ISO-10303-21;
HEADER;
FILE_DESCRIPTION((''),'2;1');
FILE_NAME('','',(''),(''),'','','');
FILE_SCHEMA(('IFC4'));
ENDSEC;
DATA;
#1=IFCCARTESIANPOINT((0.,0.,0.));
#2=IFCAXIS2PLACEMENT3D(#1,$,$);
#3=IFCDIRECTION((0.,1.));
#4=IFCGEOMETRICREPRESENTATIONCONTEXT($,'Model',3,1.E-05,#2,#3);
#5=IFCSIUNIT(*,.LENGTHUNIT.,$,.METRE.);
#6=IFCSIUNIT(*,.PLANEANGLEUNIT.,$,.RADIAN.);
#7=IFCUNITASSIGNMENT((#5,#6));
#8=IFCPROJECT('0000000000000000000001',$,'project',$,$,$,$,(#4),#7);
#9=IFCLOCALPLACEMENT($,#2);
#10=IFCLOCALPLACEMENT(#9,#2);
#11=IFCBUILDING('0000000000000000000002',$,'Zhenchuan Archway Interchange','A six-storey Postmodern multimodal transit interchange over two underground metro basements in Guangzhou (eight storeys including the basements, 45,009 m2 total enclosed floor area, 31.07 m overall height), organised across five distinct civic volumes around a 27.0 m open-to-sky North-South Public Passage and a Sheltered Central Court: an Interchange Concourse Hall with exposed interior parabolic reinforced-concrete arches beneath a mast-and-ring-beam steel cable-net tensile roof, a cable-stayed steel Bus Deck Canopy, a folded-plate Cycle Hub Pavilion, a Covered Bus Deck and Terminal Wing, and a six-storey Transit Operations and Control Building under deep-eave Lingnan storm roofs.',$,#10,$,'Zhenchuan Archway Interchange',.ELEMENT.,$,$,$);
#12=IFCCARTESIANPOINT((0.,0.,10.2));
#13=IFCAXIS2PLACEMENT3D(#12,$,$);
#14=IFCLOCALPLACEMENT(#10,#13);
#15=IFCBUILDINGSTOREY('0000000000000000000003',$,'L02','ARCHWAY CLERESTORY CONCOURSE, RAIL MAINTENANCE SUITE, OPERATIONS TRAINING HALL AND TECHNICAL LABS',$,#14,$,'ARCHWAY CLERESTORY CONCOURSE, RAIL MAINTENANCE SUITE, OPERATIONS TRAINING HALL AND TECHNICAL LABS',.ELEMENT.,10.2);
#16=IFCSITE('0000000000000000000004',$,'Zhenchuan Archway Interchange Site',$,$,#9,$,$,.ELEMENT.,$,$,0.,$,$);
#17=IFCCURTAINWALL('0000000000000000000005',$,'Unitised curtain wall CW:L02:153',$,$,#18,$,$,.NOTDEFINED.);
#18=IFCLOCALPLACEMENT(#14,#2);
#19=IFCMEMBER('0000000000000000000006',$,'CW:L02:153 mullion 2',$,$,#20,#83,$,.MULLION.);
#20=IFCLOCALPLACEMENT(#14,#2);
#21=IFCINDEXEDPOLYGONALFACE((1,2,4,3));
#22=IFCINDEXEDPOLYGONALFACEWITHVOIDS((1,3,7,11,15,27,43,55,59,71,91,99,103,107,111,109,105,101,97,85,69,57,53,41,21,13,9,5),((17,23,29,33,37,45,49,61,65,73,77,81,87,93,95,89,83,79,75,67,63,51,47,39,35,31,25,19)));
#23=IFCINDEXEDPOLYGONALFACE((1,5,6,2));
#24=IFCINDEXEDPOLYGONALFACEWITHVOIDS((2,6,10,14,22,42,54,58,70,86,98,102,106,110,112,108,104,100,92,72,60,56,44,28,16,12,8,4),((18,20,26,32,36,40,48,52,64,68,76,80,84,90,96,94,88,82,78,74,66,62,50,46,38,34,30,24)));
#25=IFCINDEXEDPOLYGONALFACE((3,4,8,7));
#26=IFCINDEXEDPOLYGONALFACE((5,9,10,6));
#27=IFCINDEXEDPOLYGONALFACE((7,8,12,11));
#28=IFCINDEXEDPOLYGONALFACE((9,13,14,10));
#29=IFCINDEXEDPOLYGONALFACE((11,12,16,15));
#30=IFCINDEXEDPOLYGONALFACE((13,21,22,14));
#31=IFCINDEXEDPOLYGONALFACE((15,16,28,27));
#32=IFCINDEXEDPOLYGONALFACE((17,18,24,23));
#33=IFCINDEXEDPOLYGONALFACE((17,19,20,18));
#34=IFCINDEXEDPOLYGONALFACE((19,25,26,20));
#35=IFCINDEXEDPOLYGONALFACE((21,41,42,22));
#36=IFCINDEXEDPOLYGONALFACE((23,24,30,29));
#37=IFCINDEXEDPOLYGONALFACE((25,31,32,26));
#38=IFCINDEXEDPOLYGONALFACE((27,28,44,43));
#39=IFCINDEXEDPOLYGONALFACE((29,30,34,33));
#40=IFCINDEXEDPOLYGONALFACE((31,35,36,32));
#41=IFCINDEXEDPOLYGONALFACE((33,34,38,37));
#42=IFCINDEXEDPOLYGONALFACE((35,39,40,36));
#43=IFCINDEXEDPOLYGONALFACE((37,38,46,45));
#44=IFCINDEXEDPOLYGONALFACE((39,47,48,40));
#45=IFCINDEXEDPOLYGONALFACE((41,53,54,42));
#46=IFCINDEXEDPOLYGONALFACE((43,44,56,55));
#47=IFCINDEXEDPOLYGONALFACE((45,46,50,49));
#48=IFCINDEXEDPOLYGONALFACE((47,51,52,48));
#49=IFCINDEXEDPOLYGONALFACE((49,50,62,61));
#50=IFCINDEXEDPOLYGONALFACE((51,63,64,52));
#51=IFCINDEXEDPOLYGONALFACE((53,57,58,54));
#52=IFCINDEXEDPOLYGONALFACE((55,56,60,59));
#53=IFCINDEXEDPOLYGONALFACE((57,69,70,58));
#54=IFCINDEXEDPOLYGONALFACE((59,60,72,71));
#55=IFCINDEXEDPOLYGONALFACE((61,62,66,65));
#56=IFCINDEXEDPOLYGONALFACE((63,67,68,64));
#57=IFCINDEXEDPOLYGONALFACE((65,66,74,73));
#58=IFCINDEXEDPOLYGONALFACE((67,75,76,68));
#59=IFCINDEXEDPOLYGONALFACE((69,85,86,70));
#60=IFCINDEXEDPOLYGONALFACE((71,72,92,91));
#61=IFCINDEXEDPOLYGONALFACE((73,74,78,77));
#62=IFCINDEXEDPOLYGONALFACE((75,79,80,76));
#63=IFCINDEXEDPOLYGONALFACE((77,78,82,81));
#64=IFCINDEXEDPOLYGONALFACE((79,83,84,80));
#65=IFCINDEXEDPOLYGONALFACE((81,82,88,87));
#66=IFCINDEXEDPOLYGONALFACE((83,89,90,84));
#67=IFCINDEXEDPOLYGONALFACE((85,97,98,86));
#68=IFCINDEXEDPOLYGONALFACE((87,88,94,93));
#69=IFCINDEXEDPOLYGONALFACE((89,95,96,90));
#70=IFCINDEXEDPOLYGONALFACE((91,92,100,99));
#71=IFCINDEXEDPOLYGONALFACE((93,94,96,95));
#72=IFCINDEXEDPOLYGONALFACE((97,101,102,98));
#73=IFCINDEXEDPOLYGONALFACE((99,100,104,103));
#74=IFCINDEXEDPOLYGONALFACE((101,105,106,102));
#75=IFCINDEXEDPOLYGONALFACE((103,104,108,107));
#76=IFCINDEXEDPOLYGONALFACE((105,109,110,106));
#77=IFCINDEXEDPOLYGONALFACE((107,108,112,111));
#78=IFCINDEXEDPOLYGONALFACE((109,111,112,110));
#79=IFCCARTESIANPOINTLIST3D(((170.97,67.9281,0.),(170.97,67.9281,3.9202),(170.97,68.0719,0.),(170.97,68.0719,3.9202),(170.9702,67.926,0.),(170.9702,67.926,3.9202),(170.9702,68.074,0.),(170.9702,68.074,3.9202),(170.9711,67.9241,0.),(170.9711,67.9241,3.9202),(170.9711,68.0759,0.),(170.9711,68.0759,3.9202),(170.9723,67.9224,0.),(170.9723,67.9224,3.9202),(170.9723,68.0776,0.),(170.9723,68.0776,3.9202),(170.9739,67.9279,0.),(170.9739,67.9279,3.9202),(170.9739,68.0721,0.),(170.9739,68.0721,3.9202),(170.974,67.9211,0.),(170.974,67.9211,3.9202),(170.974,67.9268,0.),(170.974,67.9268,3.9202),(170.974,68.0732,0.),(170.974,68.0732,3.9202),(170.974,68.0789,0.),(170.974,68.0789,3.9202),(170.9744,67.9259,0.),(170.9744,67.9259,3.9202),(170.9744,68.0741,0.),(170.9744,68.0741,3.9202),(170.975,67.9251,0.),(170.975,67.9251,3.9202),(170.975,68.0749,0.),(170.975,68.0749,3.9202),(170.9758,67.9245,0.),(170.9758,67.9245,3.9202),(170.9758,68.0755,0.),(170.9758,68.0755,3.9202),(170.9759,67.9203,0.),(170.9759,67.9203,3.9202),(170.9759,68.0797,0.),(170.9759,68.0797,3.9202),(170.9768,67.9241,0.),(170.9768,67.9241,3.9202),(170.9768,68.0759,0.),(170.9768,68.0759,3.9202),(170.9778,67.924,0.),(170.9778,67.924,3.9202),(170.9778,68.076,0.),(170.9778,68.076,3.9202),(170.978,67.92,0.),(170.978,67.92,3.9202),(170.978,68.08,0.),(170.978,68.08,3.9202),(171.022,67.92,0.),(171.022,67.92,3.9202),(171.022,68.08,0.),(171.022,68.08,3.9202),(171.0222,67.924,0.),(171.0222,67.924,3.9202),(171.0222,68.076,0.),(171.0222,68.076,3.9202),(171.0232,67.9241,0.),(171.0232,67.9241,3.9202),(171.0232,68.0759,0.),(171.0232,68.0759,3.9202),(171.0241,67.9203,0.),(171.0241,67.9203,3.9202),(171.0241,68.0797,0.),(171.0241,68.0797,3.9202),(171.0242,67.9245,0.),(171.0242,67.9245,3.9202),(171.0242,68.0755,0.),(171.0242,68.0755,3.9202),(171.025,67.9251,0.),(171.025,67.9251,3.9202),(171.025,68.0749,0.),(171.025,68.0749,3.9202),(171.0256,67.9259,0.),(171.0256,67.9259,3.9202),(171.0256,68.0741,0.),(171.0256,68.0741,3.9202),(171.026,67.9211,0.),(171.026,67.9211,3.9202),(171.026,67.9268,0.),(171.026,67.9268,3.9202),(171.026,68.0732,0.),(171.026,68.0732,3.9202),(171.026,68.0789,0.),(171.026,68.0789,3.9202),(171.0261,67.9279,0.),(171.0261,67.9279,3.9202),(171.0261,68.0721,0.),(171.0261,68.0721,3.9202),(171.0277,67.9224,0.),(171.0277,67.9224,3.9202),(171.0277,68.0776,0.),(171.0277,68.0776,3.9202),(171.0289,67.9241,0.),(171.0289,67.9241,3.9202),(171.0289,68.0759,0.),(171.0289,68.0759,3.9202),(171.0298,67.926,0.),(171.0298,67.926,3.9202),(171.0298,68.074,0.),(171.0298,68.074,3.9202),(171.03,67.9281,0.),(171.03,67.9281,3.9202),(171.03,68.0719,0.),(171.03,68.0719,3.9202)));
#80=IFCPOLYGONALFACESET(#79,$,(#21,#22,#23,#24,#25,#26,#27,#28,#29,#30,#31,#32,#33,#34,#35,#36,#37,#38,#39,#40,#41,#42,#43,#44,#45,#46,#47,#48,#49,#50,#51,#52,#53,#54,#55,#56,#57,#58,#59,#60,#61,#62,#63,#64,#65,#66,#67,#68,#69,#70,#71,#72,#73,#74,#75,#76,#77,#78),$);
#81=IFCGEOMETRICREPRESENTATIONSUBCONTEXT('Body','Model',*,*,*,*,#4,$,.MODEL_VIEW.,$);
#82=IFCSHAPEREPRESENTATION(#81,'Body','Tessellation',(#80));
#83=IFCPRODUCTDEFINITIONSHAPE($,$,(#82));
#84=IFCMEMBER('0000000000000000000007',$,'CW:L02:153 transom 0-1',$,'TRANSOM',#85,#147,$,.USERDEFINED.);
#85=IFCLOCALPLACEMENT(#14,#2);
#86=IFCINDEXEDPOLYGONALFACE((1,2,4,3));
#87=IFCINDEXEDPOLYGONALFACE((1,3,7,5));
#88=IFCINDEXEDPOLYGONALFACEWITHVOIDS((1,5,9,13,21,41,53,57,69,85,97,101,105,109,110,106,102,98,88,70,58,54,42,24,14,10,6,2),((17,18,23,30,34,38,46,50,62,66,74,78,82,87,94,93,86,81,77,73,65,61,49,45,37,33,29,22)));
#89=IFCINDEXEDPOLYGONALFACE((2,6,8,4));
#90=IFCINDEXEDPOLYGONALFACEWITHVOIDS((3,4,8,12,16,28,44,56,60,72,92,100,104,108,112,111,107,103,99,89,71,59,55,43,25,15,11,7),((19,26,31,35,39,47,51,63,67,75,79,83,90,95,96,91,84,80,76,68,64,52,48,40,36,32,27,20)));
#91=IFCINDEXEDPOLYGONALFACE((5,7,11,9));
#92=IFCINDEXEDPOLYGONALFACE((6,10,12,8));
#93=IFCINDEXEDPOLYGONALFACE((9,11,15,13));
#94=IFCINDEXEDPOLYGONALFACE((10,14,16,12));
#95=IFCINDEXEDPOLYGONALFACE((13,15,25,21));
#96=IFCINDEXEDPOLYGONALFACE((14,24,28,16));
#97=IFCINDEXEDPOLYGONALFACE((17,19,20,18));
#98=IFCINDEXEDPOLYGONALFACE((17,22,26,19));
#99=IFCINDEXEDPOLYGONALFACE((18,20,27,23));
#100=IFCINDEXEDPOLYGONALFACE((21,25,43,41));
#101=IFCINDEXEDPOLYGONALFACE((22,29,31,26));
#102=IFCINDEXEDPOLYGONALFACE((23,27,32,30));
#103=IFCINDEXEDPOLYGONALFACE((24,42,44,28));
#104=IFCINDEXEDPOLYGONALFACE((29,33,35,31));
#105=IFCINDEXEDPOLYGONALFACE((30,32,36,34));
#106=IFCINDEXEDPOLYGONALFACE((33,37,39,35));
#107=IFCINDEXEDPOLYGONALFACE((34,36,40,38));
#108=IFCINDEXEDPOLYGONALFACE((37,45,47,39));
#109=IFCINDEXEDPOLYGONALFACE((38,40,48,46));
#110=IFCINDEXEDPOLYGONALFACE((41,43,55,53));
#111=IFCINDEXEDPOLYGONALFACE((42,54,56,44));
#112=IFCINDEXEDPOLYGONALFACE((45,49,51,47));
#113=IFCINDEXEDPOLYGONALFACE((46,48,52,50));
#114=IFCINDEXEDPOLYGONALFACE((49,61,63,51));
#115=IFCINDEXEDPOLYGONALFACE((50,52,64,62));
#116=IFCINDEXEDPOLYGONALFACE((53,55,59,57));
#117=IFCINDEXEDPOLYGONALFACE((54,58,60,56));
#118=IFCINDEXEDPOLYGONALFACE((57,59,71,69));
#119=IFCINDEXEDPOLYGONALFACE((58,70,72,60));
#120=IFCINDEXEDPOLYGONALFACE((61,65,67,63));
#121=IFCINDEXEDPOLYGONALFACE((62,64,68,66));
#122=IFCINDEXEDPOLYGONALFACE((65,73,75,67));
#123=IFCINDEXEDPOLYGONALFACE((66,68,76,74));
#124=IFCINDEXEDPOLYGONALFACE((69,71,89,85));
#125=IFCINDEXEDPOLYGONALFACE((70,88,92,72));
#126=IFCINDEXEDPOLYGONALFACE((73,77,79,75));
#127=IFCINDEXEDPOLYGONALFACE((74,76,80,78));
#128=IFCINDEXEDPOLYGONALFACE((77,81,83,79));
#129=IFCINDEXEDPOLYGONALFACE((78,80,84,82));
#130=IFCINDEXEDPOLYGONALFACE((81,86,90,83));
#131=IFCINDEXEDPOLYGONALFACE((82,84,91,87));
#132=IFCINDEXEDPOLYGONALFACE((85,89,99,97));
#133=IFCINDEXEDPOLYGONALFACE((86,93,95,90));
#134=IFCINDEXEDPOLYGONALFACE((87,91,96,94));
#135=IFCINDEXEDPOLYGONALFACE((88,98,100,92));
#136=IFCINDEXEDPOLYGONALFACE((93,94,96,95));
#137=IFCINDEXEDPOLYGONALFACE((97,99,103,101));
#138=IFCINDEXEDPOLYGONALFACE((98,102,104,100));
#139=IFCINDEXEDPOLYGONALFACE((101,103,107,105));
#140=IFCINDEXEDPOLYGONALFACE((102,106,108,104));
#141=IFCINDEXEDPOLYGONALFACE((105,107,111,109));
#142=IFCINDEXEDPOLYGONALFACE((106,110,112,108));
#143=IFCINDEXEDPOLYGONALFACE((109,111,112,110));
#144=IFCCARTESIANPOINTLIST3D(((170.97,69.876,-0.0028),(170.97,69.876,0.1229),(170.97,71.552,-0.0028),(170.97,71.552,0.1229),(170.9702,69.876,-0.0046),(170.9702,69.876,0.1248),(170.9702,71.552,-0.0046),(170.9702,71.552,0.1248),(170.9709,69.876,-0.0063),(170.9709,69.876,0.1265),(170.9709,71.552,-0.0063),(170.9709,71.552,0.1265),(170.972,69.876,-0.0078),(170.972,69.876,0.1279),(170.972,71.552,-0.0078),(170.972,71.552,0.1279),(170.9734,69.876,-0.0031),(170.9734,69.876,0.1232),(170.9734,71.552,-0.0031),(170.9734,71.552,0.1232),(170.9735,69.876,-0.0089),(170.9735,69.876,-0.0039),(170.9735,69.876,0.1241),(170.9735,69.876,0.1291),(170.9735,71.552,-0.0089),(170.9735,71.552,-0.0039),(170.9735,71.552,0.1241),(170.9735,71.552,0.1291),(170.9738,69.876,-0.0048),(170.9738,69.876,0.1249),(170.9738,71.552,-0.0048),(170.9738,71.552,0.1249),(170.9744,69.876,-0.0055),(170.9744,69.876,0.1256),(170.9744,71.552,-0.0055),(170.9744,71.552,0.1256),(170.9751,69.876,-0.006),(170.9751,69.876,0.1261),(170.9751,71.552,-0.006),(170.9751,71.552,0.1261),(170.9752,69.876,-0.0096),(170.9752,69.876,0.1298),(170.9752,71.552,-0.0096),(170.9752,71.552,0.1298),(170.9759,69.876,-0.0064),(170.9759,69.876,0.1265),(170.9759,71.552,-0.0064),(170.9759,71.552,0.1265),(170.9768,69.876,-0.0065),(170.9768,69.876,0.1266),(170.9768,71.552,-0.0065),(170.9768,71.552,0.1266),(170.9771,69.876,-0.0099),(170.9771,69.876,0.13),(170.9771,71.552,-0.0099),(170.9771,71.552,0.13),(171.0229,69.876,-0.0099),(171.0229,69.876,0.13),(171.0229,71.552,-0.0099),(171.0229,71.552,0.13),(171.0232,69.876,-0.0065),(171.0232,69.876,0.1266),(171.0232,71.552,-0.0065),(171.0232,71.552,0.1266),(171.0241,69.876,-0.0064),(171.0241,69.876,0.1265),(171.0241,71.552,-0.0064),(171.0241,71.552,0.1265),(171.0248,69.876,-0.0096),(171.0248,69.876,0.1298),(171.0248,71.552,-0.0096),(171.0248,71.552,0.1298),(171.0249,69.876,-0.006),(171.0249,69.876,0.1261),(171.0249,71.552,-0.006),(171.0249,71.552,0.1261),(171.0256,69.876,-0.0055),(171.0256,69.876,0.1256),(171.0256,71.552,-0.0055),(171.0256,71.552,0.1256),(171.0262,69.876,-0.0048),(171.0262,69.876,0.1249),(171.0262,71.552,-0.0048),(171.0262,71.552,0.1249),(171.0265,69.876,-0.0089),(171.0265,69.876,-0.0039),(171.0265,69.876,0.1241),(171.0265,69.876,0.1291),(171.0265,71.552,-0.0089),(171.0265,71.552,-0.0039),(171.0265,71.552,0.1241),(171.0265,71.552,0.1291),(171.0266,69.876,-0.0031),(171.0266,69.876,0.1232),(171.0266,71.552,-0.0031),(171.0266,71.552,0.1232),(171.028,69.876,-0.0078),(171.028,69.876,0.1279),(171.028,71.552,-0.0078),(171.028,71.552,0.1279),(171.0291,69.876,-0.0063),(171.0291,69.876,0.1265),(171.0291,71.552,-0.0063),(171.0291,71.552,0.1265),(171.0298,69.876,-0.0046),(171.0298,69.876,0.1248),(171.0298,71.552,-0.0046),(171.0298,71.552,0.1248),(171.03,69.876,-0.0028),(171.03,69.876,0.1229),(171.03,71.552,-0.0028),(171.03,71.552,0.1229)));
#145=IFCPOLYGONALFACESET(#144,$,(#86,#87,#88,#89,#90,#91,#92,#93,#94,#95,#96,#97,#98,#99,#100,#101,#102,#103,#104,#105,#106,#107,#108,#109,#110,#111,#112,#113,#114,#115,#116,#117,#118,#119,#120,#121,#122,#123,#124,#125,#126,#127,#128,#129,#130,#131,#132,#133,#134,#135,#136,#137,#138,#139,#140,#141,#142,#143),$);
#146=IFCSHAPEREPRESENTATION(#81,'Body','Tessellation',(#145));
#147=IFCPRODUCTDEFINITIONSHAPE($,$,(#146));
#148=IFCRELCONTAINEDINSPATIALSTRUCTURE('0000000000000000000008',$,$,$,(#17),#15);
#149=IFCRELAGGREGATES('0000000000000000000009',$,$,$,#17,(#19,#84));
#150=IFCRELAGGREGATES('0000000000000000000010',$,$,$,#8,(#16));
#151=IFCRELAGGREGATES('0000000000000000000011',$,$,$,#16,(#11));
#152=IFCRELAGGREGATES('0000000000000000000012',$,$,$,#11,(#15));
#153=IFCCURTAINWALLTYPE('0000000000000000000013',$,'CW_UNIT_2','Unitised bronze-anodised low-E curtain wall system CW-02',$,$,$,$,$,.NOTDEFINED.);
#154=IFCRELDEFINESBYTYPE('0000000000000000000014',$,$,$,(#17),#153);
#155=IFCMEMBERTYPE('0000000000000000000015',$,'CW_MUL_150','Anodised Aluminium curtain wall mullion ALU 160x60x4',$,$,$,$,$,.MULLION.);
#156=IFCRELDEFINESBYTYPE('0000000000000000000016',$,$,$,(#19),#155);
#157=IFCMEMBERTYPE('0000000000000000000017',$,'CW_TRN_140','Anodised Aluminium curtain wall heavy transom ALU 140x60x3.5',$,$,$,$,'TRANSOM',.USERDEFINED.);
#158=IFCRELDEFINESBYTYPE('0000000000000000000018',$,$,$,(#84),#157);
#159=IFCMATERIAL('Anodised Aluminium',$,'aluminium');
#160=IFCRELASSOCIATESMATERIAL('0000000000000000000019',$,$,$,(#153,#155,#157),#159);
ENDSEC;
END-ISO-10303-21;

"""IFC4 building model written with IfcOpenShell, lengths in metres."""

from ifc_helpers import new_model, si_unit, direction, frame, origin, origin_2d, place, context, subcontext, project, spatial, hollow_rectangle, extrude, material, material_profile, profile_set, type_object, element, aggregate, save


model = new_model("IFC4")

# Units and contexts
model_context = context("Model", 3, precision=1e-05, world=origin(), true_north=direction((0.0, 1.0)))
body_context = subcontext(model_context, "Body", "Model", "MODEL_VIEW")
ifc_project = project(units=[si_unit("LENGTHUNIT", "METRE"), si_unit("PLANEANGLEUNIT", "RADIAN")], contexts=[model_context])

# Site, building, storey
site_placement = place(None, origin())
site = spatial("IfcSite", under=ifc_project, at=site_placement, Name="Zhenchuan Archway Interchange Site", CompositionType="ELEMENT", RefElevation=0.0)
building_placement = place(site_placement, origin())
building = spatial("IfcBuilding", under=site, at=building_placement, Name="Zhenchuan Archway Interchange", Description="A six-storey Postmodern multimodal transit interchange over two underground metro basements in Guangzhou (eight storeys including the basements, 45,009 m2 total enclosed floor area, 31.07 m overall height), organised across five distinct civic volumes around a 27.0 m open-to-sky North-South Public Passage and a Sheltered Central Court: an Interchange Concourse Hall with exposed interior parabolic reinforced-concrete arches beneath a mast-and-ring-beam steel cable-net tensile roof, a cable-stayed steel Bus Deck Canopy, a folded-plate Cycle Hub Pavilion, a Covered Bus Deck and Terminal Wing, and a six-storey Transit Operations and Control Building under deep-eave Lingnan storm roofs.", LongName="Zhenchuan Archway Interchange", CompositionType="ELEMENT")
storey_placement = place(building_placement, frame((0.0, 0.0, 10.2)))
storey = spatial("IfcBuildingStorey", under=building, at=storey_placement, Name="L02", Description="ARCHWAY CLERESTORY CONCOURSE, RAIL MAINTENANCE SUITE, OPERATIONS TRAINING HALL AND TECHNICAL LABS", LongName="ARCHWAY CLERESTORY CONCOURSE, RAIL MAINTENANCE SUITE, OPERATIONS TRAINING HALL AND TECHNICAL LABS", CompositionType="ELEMENT", Elevation=10.2)

# Curtain wall, members
ifc_material_1 = material(Name="Anodised Aluminium", Category="aluminium")
curtain_wall_type = type_object("IfcCurtainWallType", Name="CW_UNIT_2", Description="Unitised bronze-anodised low-E curtain wall system CW-02", PredefinedType="NOTDEFINED", material=ifc_material_1)
curtain_wall_placement = place(storey_placement, origin())
curtain_wall = element("IfcCurtainWall", 1, at=curtain_wall_placement, inside=storey, type_object=curtain_wall_type, Name="Unitised curtain wall CW:L02:153", PredefinedType="NOTDEFINED")
ifc_material_profile_1 = material_profile(ifc_material_1, hollow_rectangle(XDim=0.0601, YDim=0.1599, WallThickness=0.0039, InnerFilletRadius=0.0039, OuterFilletRadius=0.0081, at=origin_2d()), Name="ALU 160x60x4")
ifc_profile_set_1 = profile_set([ifc_material_profile_1], Name="Anodised Aluminium")
member_type_1 = type_object("IfcMemberType", Name="CW_MUL_150", Description="Anodised Aluminium curtain wall mullion ALU 160x60x4", PredefinedType="MULLION", material=ifc_profile_set_1)
member_1_placement = place(storey_placement, frame((171.0, 68.0, 0.0), z_axis=(0.0, 0.0, 1.0), x_axis=(1.0, 0.0, 0.0)))
member_1 = element("IfcMember", 2, at=member_1_placement, type_object=member_type_1, Name="CW:L02:153 mullion 2", PredefinedType="MULLION", context=body_context, shape_type="SweptSolid", body=[
    extrude(hollow_rectangle(XDim=0.0601, YDim=0.1599, WallThickness=0.0039, InnerFilletRadius=0.0039, OuterFilletRadius=0.0081, at=origin_2d()), origin(), (0.0, 0.0, 1.0), 3.9202),
])
ifc_material_profile_2 = material_profile(ifc_material_1, hollow_rectangle(XDim=0.0601, YDim=0.1399, WallThickness=0.0034, InnerFilletRadius=0.0034, OuterFilletRadius=0.0071, at=origin_2d()), Name="ALU 140x60x3.5")
ifc_profile_set_2 = profile_set([ifc_material_profile_2], Name="Anodised Aluminium")
member_type_2 = type_object("IfcMemberType", Name="CW_TRN_140", Description="Anodised Aluminium curtain wall heavy transom ALU 140x60x3.5", ElementType="TRANSOM", PredefinedType="USERDEFINED", material=ifc_profile_set_2)
member_2_placement = place(storey_placement, frame((171.0, 71.552, 0.0601), z_axis=(0.0, -1.0, 0.0), x_axis=(1.0, 0.0, 0.0)))
member_2 = element("IfcMember", 3, at=member_2_placement, type_object=member_type_2, Name="CW:L02:153 transom 0-1", ObjectType="TRANSOM", PredefinedType="USERDEFINED", context=body_context, shape_type="SweptSolid", body=[
    extrude(hollow_rectangle(XDim=0.0601, YDim=0.1399, WallThickness=0.0034, InnerFilletRadius=0.0034, OuterFilletRadius=0.0071, at=origin_2d()), origin(), (0.0, 0.0, 1.0), 1.676),
])

aggregate(curtain_wall, [member_1, member_2])

save(model, "model.ifc")
